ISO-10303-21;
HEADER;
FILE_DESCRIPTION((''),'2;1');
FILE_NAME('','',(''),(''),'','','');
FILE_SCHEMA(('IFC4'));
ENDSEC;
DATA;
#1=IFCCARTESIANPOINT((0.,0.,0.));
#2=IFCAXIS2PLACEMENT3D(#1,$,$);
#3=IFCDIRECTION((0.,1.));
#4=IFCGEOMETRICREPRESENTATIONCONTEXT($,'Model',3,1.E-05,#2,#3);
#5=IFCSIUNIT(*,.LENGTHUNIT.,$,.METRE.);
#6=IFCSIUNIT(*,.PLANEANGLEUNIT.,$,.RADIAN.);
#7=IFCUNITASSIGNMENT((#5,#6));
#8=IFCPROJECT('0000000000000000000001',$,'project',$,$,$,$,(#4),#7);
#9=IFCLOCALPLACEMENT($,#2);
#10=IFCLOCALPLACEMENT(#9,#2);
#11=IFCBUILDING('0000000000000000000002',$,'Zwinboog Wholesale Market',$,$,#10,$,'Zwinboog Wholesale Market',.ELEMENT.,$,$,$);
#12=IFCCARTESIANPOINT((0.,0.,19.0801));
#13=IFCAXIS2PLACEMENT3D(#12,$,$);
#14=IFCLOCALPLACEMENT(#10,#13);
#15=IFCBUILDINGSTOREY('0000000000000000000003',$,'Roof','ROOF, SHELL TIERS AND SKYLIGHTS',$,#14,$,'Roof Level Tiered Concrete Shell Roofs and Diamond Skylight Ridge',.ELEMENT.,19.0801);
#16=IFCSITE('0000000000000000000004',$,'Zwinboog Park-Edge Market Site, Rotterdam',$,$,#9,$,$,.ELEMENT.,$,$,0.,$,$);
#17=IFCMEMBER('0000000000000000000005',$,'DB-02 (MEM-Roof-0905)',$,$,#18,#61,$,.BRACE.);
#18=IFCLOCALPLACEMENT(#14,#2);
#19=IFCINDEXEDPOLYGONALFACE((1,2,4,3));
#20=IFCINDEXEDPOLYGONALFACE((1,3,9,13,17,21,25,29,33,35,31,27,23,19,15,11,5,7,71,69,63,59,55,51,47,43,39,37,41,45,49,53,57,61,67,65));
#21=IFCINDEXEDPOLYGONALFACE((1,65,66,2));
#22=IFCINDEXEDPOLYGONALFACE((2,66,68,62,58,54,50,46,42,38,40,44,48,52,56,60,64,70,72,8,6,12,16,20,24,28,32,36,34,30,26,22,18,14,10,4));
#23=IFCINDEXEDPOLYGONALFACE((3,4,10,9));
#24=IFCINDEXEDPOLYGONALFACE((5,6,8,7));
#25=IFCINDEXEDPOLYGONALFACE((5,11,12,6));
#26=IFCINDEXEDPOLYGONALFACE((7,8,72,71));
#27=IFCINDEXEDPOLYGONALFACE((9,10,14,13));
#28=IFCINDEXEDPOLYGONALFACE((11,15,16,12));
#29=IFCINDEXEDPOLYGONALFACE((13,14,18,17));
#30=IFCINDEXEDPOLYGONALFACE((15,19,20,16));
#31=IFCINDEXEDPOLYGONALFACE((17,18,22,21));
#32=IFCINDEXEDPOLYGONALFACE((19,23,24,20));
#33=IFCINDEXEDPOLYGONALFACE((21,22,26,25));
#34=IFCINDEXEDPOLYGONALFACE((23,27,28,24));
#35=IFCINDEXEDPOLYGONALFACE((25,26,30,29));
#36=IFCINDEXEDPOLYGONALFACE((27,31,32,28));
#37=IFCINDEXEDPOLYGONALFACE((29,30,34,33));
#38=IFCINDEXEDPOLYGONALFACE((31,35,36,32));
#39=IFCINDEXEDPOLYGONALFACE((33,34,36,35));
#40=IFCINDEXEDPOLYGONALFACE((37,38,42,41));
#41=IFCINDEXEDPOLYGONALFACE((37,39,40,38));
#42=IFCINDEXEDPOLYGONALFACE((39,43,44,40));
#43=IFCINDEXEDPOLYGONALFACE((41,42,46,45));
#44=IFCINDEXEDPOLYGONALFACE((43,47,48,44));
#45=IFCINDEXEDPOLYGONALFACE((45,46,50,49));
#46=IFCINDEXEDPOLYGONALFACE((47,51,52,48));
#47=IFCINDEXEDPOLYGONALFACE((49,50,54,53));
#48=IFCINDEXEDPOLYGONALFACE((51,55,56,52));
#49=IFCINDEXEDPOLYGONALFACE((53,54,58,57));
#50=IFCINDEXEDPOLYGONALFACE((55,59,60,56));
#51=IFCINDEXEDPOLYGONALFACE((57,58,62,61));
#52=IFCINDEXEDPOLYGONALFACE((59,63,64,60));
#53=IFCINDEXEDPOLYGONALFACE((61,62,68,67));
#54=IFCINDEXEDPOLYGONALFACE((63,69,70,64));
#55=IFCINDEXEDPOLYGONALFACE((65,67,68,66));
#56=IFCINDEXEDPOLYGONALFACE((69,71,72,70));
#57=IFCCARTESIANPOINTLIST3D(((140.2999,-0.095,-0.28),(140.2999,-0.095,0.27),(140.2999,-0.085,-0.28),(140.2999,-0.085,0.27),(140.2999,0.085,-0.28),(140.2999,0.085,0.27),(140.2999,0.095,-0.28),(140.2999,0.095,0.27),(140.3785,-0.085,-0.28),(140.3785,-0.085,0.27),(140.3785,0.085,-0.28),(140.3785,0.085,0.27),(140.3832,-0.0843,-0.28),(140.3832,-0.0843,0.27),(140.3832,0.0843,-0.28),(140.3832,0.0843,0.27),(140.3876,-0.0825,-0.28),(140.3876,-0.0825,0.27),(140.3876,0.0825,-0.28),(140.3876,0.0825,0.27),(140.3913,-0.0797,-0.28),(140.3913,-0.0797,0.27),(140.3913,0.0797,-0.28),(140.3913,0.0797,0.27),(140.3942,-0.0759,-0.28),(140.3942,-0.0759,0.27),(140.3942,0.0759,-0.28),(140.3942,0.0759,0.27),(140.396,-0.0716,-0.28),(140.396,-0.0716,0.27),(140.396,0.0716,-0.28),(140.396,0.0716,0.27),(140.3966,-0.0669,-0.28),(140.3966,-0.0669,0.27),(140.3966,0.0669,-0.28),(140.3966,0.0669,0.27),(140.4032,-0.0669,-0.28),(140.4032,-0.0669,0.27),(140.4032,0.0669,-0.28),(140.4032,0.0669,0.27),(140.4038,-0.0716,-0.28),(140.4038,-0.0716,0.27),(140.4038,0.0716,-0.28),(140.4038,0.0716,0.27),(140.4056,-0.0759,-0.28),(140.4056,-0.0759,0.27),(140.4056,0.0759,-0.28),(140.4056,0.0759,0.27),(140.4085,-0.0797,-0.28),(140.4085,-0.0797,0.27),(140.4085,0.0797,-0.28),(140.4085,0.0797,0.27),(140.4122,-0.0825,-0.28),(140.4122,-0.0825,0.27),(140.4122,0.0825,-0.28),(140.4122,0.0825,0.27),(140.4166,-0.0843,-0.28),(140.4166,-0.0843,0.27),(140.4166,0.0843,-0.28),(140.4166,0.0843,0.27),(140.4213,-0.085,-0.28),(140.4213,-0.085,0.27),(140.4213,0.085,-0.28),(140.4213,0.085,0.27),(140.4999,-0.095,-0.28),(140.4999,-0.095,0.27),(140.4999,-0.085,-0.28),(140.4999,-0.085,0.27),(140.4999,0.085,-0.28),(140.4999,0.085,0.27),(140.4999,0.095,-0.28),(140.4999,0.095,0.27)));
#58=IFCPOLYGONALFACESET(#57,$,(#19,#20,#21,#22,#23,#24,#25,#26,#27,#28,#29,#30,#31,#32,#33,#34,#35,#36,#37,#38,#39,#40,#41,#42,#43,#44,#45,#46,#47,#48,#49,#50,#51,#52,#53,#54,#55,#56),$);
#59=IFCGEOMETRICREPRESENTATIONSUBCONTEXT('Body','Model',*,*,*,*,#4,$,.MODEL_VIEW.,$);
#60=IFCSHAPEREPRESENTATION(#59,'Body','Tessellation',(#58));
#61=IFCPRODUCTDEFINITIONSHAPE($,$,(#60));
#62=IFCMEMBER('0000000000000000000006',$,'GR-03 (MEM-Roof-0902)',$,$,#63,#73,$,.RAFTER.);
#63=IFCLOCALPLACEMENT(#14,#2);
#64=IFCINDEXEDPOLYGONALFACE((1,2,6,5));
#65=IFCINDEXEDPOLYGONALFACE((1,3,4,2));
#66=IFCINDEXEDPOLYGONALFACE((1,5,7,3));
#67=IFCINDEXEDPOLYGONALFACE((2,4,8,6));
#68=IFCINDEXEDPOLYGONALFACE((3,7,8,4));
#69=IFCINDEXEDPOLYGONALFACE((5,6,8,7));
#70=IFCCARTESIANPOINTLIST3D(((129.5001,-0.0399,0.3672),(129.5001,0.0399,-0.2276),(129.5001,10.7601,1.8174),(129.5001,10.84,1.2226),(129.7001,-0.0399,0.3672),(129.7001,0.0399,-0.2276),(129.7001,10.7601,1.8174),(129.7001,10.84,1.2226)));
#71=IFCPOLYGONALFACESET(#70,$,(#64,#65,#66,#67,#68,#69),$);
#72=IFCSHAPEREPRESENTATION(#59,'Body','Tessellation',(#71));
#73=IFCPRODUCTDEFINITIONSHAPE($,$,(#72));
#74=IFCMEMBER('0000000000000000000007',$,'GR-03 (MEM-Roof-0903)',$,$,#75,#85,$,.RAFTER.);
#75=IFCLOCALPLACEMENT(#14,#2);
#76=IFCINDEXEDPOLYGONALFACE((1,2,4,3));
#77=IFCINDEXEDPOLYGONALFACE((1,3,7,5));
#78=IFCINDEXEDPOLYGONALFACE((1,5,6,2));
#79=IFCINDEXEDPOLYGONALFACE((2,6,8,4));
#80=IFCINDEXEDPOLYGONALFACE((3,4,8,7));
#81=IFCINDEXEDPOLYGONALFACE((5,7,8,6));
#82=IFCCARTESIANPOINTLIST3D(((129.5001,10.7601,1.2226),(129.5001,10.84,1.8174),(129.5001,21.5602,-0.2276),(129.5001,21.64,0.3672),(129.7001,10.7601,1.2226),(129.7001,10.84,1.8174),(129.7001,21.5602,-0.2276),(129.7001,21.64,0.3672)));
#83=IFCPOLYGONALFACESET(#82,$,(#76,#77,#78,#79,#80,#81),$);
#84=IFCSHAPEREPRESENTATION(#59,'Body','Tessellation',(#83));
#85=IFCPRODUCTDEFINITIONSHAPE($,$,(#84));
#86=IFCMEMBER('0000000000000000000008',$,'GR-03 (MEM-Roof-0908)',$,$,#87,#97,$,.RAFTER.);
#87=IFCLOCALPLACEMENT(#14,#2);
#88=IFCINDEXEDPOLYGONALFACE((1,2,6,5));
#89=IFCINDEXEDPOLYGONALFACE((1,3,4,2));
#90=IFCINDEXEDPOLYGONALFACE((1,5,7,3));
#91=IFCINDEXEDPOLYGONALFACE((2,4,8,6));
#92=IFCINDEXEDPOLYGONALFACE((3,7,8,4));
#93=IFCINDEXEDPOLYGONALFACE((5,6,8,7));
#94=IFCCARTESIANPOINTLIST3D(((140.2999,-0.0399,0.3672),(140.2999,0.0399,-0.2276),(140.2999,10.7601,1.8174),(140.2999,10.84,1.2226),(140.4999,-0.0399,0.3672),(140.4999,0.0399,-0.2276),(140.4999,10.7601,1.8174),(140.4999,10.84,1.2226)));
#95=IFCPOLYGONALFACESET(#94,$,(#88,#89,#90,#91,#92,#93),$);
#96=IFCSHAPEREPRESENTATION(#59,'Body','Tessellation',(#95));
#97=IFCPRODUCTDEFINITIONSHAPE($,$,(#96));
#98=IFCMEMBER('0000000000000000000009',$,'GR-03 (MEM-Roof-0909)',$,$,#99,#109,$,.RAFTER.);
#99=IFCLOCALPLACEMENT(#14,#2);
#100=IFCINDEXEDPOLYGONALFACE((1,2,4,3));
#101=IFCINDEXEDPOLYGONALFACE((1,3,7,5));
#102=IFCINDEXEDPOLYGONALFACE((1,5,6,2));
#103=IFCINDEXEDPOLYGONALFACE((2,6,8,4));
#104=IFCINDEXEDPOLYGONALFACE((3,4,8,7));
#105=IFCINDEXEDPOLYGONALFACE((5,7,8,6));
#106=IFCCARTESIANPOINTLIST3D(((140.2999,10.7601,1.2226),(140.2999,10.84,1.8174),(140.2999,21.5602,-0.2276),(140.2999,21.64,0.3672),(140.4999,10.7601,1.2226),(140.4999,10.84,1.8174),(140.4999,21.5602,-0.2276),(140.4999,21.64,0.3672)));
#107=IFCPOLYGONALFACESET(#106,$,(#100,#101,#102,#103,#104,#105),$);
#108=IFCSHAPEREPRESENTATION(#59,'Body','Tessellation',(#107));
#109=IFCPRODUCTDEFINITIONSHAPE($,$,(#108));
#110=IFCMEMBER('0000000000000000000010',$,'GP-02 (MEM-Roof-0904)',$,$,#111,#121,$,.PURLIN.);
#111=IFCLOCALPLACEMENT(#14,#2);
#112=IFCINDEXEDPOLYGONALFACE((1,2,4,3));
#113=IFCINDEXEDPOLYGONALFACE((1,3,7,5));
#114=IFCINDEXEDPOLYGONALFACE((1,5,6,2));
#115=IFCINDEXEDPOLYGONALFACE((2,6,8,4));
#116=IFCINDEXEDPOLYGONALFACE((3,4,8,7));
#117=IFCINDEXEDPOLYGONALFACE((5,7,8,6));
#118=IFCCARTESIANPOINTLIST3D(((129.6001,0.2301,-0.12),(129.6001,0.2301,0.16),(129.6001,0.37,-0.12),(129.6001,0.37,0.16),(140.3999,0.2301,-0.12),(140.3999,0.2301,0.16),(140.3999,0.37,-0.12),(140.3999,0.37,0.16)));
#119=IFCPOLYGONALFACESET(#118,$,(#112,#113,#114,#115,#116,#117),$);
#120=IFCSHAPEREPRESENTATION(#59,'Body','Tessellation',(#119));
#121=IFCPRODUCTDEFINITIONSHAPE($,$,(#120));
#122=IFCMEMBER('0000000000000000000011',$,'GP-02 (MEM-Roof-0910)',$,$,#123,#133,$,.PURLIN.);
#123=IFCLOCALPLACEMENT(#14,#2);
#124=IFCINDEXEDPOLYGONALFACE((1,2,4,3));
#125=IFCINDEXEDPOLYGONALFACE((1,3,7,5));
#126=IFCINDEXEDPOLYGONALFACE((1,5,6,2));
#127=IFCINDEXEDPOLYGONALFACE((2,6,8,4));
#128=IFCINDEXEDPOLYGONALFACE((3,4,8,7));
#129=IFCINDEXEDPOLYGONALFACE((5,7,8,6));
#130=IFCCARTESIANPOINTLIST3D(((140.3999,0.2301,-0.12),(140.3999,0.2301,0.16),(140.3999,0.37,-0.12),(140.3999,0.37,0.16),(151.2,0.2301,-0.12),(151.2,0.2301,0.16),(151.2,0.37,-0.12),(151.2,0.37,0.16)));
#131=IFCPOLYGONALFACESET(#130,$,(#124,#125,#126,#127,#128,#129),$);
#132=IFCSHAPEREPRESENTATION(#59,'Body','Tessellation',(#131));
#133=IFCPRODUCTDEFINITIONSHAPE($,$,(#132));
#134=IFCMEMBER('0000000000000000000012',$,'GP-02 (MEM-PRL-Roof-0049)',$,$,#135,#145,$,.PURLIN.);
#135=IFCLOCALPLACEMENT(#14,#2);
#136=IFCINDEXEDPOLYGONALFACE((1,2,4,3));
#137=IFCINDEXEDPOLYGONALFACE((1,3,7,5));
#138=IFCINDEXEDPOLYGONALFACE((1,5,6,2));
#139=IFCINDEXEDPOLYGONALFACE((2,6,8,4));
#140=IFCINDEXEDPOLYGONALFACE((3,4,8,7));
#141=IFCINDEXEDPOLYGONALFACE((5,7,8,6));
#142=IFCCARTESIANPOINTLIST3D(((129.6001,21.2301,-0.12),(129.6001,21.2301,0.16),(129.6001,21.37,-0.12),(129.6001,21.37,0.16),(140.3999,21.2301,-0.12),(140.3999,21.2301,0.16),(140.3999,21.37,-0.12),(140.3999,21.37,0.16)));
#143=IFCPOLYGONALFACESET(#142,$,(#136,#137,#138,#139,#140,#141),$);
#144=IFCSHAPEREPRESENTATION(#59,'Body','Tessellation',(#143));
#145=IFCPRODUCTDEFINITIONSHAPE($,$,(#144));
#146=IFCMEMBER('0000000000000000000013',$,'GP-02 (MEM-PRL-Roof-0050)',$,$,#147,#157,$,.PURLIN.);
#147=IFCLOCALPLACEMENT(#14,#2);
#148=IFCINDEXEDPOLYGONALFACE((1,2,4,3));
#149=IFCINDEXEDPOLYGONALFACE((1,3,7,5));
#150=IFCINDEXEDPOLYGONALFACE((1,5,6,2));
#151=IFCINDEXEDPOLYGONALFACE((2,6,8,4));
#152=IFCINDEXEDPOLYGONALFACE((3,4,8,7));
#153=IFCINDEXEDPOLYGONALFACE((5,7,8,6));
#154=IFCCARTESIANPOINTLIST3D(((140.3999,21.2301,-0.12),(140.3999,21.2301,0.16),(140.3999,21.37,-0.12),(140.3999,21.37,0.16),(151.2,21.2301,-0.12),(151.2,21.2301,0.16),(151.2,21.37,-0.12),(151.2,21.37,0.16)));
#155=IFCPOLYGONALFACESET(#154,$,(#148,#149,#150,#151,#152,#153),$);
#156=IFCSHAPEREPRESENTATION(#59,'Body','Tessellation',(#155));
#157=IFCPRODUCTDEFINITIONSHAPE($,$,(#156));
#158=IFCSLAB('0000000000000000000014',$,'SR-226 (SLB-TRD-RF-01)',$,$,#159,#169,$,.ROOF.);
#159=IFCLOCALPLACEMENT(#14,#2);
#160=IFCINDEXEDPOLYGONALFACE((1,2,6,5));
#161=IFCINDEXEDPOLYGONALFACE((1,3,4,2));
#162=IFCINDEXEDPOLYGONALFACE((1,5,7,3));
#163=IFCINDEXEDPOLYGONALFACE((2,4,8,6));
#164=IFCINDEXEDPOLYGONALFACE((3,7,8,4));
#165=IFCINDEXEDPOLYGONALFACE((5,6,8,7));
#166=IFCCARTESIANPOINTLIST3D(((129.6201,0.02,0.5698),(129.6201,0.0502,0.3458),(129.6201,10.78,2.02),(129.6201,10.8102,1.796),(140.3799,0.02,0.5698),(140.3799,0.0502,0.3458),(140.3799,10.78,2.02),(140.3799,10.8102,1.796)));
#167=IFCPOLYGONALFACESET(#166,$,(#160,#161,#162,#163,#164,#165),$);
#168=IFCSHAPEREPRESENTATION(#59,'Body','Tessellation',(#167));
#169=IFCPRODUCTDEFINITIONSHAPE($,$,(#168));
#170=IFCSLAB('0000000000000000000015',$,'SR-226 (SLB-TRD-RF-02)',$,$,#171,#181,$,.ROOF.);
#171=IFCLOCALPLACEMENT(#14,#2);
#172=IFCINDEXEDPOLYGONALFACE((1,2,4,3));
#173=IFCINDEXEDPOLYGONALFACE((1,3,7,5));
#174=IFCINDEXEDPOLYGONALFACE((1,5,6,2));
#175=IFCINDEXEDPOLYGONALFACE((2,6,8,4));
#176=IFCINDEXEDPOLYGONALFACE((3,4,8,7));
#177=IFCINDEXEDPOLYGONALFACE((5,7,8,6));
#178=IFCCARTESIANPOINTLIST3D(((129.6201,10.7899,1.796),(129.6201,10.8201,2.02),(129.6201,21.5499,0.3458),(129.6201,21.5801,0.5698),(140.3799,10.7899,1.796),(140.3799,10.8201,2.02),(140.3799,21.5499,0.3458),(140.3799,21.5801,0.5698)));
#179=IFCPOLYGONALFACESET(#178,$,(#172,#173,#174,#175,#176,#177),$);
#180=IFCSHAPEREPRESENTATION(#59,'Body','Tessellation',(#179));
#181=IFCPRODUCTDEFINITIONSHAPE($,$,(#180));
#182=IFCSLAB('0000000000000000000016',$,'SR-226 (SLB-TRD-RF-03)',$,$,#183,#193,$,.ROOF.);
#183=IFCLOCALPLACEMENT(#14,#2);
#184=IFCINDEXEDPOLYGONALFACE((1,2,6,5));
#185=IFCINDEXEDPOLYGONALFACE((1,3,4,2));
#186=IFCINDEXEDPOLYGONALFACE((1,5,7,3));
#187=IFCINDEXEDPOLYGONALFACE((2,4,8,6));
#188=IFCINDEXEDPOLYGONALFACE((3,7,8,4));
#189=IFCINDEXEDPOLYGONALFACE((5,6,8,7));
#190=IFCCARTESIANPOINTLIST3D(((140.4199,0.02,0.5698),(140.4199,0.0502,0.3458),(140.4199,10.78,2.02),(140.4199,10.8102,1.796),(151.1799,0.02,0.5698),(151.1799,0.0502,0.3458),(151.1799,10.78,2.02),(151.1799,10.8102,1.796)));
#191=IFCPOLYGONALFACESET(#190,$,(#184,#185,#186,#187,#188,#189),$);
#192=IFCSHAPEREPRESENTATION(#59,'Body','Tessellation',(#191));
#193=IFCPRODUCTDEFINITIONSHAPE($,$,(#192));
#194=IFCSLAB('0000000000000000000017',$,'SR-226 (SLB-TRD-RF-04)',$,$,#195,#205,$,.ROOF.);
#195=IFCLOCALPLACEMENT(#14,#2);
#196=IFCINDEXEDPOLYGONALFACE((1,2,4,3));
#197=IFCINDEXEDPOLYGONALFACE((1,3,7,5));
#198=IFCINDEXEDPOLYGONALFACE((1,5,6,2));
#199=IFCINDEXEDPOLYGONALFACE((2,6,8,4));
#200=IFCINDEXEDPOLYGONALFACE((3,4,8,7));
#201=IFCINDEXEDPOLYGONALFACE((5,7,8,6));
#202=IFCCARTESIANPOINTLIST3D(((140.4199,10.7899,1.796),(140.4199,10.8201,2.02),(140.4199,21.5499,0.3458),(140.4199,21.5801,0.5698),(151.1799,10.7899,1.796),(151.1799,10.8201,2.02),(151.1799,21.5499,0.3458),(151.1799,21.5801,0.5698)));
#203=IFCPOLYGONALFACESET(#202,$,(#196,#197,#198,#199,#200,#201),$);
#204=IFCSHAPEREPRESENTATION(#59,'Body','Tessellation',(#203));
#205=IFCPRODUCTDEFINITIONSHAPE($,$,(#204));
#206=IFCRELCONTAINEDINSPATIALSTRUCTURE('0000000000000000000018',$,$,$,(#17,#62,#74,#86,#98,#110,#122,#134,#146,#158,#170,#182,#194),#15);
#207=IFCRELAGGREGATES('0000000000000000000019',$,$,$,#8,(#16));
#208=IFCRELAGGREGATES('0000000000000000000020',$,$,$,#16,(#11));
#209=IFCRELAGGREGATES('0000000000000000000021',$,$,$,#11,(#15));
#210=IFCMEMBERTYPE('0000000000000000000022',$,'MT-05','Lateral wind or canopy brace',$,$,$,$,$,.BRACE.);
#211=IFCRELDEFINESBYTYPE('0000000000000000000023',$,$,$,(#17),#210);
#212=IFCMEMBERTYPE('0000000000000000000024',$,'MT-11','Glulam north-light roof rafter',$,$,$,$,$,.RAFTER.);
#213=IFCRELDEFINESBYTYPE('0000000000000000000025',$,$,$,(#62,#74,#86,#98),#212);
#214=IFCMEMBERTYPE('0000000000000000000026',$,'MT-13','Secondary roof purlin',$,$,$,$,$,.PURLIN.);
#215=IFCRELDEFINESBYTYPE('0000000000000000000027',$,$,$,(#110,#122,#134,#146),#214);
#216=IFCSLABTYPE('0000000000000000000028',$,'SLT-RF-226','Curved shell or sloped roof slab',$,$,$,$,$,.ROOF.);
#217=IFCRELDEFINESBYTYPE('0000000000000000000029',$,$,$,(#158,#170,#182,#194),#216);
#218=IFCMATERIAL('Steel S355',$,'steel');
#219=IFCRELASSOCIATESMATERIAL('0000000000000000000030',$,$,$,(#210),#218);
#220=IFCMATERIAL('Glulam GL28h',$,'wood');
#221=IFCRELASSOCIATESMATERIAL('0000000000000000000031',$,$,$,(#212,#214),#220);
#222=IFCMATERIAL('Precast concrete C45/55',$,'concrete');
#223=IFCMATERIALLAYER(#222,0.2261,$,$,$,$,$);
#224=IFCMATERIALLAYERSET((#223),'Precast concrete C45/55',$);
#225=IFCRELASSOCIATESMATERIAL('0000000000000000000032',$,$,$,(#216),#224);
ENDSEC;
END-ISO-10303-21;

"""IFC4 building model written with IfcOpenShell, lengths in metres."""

from ifc_helpers import new_model, si_unit, direction, frame, origin, origin_2d, place, context, subcontext, project, spatial, polyline, rectangle, i_section, outline, extrude, material, layer, layer_set, material_profile, profile_set, type_object, element, save


model = new_model("IFC4")

# Units and contexts
model_context = context("Model", 3, precision=1e-05, world=origin(), true_north=direction((0.0, 1.0)))
body_context = subcontext(model_context, "Body", "Model", "MODEL_VIEW")
ifc_project = project(units=[si_unit("LENGTHUNIT", "METRE"), si_unit("PLANEANGLEUNIT", "RADIAN")], contexts=[model_context])

# Site, building, storey
site_placement = place(None, origin())
site = spatial("IfcSite", under=ifc_project, at=site_placement, Name="Zwinboog Park-Edge Market Site, Rotterdam", CompositionType="ELEMENT", RefElevation=0.0)
building_placement = place(site_placement, origin())
building = spatial("IfcBuilding", under=site, at=building_placement, Name="Zwinboog Wholesale Market", LongName="Zwinboog Wholesale Market", CompositionType="ELEMENT")
storey_placement = place(building_placement, frame((0.0, 0.0, 19.0801)))
storey = spatial("IfcBuildingStorey", under=building, at=storey_placement, Name="Roof", Description="ROOF, SHELL TIERS AND SKYLIGHTS", LongName="Roof Level Tiered Concrete Shell Roofs and Diamond Skylight Ridge", CompositionType="ELEMENT", Elevation=19.0801)

# Shared definitions
ifc_material_1 = material(Name="Precast concrete C45/55", Category="concrete")

# Members
ifc_material_2 = material(Name="Steel S355", Category="steel")
ifc_material_profile_1 = material_profile(ifc_material_2, i_section(OverallWidth=0.2, OverallDepth=0.1899, WebThickness=0.0066, FlangeThickness=0.01, FilletRadius=0.0181, at=origin_2d()), Name="HEA 200")
ifc_profile_set_1 = profile_set([ifc_material_profile_1], Name="Steel S355")
member_type_1 = type_object("IfcMemberType", Name="MT-05", Description="Lateral wind or canopy brace", PredefinedType="BRACE", material=ifc_profile_set_1)
for number, where, z_axis, x_axis, name in (
    (1, (140.3999, 0.0, -0.28), (0.0, 0.0, 1.0), (1.0, 0.0, 0.0), "DB-02 (MEM-Roof-0905)"),
):
    element("IfcMember", number, at=place(storey_placement, frame(where, z_axis=z_axis, x_axis=x_axis)), inside=storey, type_object=member_type_1, Name=name, PredefinedType="BRACE", context=body_context, shape_type="SweptSolid", body=[
        extrude(i_section(OverallWidth=0.2, OverallDepth=0.1899, WebThickness=0.0066, FlangeThickness=0.01, FilletRadius=0.0181, at=origin_2d()), origin(), (0.0, 0.0, 1.0), 0.55),
    ])
ifc_material_3 = material(Name="Glulam GL28h", Category="wood")
ifc_material_profile_2 = material_profile(ifc_material_3, rectangle(XDim=0.2, YDim=0.6001, at=origin_2d()), Name="GL28h 200x600")
ifc_profile_set_2 = profile_set([ifc_material_profile_2], Name="Glulam GL28h")
member_type_2 = type_object("IfcMemberType", Name="MT-11", Description="Glulam north-light roof rafter", PredefinedType="RAFTER", material=ifc_profile_set_2)
for number, where, z_axis, x_axis, name in (
    (2, (129.6001, 0.0, 0.0698), (0.0, 0.991105, 0.133082), (-1.0, 0.0, 0.0), "GR-03 (MEM-Roof-0902)"),
    (3, (129.6001, 10.8, 1.52), (0.0, 0.991105, -0.133082), (-1.0, 0.0, 0.0), "GR-03 (MEM-Roof-0903)"),
    (4, (140.3999, 0.0, 0.0698), (0.0, 0.991105, 0.133082), (-1.0, 0.0, 0.0), "GR-03 (MEM-Roof-0908)"),
    (5, (140.3999, 10.8, 1.52), (0.0, 0.991105, -0.133082), (-1.0, 0.0, 0.0), "GR-03 (MEM-Roof-0909)"),
):
    element("IfcMember", number, at=place(storey_placement, frame(where, z_axis=z_axis, x_axis=x_axis)), inside=storey, type_object=member_type_2, Name=name, PredefinedType="RAFTER", context=body_context, shape_type="SweptSolid", body=[
        extrude(rectangle(XDim=0.2, YDim=0.6001, at=origin_2d()), origin(), (0.0, 0.0, 1.0), 10.897),
    ])
ifc_material_profile_3 = material_profile(ifc_material_3, rectangle(XDim=0.1399, YDim=0.28, at=origin_2d()), Name="GL28h 140x280")
ifc_profile_set_3 = profile_set([ifc_material_profile_3], Name="Glulam GL28h")
member_type_3 = type_object("IfcMemberType", Name="MT-13", Description="Secondary roof purlin", PredefinedType="PURLIN", material=ifc_profile_set_3)
member_1_placement = place(storey_placement, frame((129.6001, 0.3, 0.02), z_axis=(1.0, 0.0, 0.0), x_axis=(0.0, 1.0, 0.0)))
element("IfcMember", 6, at=member_1_placement, inside=storey, type_object=member_type_3, Name="GP-02 (MEM-Roof-0904)", PredefinedType="PURLIN", context=body_context, shape_type="SweptSolid", body=[
    extrude(rectangle(XDim=0.1399, YDim=0.28, at=origin_2d()), origin(), (0.0, 0.0, 1.0), 10.7998),
])
member_2_placement = place(storey_placement, frame((140.3999, 0.3, 0.02), z_axis=(1.0, 0.0, 0.0), x_axis=(0.0, 1.0, 0.0)))
element("IfcMember", 7, at=member_2_placement, inside=storey, type_object=member_type_3, Name="GP-02 (MEM-Roof-0910)", PredefinedType="PURLIN", context=body_context, shape_type="SweptSolid", body=[
    extrude(rectangle(XDim=0.1399, YDim=0.28, at=origin_2d()), origin(), (0.0, 0.0, 1.0), 10.8),
])
member_3_placement = place(storey_placement, frame((129.6001, 21.3, 0.02), z_axis=(1.0, 0.0, 0.0), x_axis=(0.0, 1.0, 0.0)))
element("IfcMember", 8, at=member_3_placement, inside=storey, type_object=member_type_3, Name="GP-02 (MEM-PRL-Roof-0049)", PredefinedType="PURLIN", context=body_context, shape_type="SweptSolid", body=[
    extrude(rectangle(XDim=0.1399, YDim=0.28, at=origin_2d()), origin(), (0.0, 0.0, 1.0), 10.7998),
])
member_4_placement = place(storey_placement, frame((140.3999, 21.3, 0.02), z_axis=(1.0, 0.0, 0.0), x_axis=(0.0, 1.0, 0.0)))
element("IfcMember", 9, at=member_4_placement, inside=storey, type_object=member_type_3, Name="GP-02 (MEM-PRL-Roof-0050)", PredefinedType="PURLIN", context=body_context, shape_type="SweptSolid", body=[
    extrude(rectangle(XDim=0.1399, YDim=0.28, at=origin_2d()), origin(), (0.0, 0.0, 1.0), 10.8),
])

# Slabs
ifc_layer = layer(ifc_material_1, 0.2261)
ifc_layer_set = layer_set([ifc_layer], Name="Precast concrete C45/55")
slab_type = type_object("IfcSlabType", Name="SLT-RF-226", Description="Curved shell or sloped roof slab", PredefinedType="ROOF", material=ifc_layer_set)
for number, where, z_axis, x_axis, name in (
    (10, (129.6201, 0.02, 0.5698), (0.0, -0.133569, 0.99104), (1.0, 0.0, 0.0), "SR-226 (SLB-TRD-RF-01)"),
    (11, (129.6201, 10.8201, 2.02), (0.0, 0.133569, 0.99104), (1.0, 0.0, 0.0), "SR-226 (SLB-TRD-RF-02)"),
):
    element("IfcSlab", number, at=place(storey_placement, frame(where, z_axis=z_axis, x_axis=x_axis)), inside=storey, type_object=slab_type, Name=name, PredefinedType="ROOF", context=body_context, shape_type="SweptSolid", body=[
        extrude(outline(polyline([(0.0, 0.0), (10.7598, 0.0), (10.7598, 10.8573), (0.0, 10.8573), (0.0, 0.0)])), origin(), (0.0, 0.0, -1.0), 0.2261),
    ])
for number, where, z_axis, x_axis, name in (
    (12, (140.4199, 0.02, 0.5698), (0.0, -0.133569, 0.99104), (1.0, 0.0, 0.0), "SR-226 (SLB-TRD-RF-03)"),
    (13, (140.4199, 10.8201, 2.02), (0.0, 0.133569, 0.99104), (1.0, 0.0, 0.0), "SR-226 (SLB-TRD-RF-04)"),
):
    element("IfcSlab", number, at=place(storey_placement, frame(where, z_axis=z_axis, x_axis=x_axis)), inside=storey, type_object=slab_type, Name=name, PredefinedType="ROOF", context=body_context, shape_type="SweptSolid", body=[
        extrude(outline(polyline([(0.0, 0.0), (10.76, 0.0), (10.76, 10.8573), (0.0, 10.8573), (0.0, 0.0)])), origin(), (0.0, 0.0, -1.0), 0.2261),
    ])

save(model, "model.ifc")
